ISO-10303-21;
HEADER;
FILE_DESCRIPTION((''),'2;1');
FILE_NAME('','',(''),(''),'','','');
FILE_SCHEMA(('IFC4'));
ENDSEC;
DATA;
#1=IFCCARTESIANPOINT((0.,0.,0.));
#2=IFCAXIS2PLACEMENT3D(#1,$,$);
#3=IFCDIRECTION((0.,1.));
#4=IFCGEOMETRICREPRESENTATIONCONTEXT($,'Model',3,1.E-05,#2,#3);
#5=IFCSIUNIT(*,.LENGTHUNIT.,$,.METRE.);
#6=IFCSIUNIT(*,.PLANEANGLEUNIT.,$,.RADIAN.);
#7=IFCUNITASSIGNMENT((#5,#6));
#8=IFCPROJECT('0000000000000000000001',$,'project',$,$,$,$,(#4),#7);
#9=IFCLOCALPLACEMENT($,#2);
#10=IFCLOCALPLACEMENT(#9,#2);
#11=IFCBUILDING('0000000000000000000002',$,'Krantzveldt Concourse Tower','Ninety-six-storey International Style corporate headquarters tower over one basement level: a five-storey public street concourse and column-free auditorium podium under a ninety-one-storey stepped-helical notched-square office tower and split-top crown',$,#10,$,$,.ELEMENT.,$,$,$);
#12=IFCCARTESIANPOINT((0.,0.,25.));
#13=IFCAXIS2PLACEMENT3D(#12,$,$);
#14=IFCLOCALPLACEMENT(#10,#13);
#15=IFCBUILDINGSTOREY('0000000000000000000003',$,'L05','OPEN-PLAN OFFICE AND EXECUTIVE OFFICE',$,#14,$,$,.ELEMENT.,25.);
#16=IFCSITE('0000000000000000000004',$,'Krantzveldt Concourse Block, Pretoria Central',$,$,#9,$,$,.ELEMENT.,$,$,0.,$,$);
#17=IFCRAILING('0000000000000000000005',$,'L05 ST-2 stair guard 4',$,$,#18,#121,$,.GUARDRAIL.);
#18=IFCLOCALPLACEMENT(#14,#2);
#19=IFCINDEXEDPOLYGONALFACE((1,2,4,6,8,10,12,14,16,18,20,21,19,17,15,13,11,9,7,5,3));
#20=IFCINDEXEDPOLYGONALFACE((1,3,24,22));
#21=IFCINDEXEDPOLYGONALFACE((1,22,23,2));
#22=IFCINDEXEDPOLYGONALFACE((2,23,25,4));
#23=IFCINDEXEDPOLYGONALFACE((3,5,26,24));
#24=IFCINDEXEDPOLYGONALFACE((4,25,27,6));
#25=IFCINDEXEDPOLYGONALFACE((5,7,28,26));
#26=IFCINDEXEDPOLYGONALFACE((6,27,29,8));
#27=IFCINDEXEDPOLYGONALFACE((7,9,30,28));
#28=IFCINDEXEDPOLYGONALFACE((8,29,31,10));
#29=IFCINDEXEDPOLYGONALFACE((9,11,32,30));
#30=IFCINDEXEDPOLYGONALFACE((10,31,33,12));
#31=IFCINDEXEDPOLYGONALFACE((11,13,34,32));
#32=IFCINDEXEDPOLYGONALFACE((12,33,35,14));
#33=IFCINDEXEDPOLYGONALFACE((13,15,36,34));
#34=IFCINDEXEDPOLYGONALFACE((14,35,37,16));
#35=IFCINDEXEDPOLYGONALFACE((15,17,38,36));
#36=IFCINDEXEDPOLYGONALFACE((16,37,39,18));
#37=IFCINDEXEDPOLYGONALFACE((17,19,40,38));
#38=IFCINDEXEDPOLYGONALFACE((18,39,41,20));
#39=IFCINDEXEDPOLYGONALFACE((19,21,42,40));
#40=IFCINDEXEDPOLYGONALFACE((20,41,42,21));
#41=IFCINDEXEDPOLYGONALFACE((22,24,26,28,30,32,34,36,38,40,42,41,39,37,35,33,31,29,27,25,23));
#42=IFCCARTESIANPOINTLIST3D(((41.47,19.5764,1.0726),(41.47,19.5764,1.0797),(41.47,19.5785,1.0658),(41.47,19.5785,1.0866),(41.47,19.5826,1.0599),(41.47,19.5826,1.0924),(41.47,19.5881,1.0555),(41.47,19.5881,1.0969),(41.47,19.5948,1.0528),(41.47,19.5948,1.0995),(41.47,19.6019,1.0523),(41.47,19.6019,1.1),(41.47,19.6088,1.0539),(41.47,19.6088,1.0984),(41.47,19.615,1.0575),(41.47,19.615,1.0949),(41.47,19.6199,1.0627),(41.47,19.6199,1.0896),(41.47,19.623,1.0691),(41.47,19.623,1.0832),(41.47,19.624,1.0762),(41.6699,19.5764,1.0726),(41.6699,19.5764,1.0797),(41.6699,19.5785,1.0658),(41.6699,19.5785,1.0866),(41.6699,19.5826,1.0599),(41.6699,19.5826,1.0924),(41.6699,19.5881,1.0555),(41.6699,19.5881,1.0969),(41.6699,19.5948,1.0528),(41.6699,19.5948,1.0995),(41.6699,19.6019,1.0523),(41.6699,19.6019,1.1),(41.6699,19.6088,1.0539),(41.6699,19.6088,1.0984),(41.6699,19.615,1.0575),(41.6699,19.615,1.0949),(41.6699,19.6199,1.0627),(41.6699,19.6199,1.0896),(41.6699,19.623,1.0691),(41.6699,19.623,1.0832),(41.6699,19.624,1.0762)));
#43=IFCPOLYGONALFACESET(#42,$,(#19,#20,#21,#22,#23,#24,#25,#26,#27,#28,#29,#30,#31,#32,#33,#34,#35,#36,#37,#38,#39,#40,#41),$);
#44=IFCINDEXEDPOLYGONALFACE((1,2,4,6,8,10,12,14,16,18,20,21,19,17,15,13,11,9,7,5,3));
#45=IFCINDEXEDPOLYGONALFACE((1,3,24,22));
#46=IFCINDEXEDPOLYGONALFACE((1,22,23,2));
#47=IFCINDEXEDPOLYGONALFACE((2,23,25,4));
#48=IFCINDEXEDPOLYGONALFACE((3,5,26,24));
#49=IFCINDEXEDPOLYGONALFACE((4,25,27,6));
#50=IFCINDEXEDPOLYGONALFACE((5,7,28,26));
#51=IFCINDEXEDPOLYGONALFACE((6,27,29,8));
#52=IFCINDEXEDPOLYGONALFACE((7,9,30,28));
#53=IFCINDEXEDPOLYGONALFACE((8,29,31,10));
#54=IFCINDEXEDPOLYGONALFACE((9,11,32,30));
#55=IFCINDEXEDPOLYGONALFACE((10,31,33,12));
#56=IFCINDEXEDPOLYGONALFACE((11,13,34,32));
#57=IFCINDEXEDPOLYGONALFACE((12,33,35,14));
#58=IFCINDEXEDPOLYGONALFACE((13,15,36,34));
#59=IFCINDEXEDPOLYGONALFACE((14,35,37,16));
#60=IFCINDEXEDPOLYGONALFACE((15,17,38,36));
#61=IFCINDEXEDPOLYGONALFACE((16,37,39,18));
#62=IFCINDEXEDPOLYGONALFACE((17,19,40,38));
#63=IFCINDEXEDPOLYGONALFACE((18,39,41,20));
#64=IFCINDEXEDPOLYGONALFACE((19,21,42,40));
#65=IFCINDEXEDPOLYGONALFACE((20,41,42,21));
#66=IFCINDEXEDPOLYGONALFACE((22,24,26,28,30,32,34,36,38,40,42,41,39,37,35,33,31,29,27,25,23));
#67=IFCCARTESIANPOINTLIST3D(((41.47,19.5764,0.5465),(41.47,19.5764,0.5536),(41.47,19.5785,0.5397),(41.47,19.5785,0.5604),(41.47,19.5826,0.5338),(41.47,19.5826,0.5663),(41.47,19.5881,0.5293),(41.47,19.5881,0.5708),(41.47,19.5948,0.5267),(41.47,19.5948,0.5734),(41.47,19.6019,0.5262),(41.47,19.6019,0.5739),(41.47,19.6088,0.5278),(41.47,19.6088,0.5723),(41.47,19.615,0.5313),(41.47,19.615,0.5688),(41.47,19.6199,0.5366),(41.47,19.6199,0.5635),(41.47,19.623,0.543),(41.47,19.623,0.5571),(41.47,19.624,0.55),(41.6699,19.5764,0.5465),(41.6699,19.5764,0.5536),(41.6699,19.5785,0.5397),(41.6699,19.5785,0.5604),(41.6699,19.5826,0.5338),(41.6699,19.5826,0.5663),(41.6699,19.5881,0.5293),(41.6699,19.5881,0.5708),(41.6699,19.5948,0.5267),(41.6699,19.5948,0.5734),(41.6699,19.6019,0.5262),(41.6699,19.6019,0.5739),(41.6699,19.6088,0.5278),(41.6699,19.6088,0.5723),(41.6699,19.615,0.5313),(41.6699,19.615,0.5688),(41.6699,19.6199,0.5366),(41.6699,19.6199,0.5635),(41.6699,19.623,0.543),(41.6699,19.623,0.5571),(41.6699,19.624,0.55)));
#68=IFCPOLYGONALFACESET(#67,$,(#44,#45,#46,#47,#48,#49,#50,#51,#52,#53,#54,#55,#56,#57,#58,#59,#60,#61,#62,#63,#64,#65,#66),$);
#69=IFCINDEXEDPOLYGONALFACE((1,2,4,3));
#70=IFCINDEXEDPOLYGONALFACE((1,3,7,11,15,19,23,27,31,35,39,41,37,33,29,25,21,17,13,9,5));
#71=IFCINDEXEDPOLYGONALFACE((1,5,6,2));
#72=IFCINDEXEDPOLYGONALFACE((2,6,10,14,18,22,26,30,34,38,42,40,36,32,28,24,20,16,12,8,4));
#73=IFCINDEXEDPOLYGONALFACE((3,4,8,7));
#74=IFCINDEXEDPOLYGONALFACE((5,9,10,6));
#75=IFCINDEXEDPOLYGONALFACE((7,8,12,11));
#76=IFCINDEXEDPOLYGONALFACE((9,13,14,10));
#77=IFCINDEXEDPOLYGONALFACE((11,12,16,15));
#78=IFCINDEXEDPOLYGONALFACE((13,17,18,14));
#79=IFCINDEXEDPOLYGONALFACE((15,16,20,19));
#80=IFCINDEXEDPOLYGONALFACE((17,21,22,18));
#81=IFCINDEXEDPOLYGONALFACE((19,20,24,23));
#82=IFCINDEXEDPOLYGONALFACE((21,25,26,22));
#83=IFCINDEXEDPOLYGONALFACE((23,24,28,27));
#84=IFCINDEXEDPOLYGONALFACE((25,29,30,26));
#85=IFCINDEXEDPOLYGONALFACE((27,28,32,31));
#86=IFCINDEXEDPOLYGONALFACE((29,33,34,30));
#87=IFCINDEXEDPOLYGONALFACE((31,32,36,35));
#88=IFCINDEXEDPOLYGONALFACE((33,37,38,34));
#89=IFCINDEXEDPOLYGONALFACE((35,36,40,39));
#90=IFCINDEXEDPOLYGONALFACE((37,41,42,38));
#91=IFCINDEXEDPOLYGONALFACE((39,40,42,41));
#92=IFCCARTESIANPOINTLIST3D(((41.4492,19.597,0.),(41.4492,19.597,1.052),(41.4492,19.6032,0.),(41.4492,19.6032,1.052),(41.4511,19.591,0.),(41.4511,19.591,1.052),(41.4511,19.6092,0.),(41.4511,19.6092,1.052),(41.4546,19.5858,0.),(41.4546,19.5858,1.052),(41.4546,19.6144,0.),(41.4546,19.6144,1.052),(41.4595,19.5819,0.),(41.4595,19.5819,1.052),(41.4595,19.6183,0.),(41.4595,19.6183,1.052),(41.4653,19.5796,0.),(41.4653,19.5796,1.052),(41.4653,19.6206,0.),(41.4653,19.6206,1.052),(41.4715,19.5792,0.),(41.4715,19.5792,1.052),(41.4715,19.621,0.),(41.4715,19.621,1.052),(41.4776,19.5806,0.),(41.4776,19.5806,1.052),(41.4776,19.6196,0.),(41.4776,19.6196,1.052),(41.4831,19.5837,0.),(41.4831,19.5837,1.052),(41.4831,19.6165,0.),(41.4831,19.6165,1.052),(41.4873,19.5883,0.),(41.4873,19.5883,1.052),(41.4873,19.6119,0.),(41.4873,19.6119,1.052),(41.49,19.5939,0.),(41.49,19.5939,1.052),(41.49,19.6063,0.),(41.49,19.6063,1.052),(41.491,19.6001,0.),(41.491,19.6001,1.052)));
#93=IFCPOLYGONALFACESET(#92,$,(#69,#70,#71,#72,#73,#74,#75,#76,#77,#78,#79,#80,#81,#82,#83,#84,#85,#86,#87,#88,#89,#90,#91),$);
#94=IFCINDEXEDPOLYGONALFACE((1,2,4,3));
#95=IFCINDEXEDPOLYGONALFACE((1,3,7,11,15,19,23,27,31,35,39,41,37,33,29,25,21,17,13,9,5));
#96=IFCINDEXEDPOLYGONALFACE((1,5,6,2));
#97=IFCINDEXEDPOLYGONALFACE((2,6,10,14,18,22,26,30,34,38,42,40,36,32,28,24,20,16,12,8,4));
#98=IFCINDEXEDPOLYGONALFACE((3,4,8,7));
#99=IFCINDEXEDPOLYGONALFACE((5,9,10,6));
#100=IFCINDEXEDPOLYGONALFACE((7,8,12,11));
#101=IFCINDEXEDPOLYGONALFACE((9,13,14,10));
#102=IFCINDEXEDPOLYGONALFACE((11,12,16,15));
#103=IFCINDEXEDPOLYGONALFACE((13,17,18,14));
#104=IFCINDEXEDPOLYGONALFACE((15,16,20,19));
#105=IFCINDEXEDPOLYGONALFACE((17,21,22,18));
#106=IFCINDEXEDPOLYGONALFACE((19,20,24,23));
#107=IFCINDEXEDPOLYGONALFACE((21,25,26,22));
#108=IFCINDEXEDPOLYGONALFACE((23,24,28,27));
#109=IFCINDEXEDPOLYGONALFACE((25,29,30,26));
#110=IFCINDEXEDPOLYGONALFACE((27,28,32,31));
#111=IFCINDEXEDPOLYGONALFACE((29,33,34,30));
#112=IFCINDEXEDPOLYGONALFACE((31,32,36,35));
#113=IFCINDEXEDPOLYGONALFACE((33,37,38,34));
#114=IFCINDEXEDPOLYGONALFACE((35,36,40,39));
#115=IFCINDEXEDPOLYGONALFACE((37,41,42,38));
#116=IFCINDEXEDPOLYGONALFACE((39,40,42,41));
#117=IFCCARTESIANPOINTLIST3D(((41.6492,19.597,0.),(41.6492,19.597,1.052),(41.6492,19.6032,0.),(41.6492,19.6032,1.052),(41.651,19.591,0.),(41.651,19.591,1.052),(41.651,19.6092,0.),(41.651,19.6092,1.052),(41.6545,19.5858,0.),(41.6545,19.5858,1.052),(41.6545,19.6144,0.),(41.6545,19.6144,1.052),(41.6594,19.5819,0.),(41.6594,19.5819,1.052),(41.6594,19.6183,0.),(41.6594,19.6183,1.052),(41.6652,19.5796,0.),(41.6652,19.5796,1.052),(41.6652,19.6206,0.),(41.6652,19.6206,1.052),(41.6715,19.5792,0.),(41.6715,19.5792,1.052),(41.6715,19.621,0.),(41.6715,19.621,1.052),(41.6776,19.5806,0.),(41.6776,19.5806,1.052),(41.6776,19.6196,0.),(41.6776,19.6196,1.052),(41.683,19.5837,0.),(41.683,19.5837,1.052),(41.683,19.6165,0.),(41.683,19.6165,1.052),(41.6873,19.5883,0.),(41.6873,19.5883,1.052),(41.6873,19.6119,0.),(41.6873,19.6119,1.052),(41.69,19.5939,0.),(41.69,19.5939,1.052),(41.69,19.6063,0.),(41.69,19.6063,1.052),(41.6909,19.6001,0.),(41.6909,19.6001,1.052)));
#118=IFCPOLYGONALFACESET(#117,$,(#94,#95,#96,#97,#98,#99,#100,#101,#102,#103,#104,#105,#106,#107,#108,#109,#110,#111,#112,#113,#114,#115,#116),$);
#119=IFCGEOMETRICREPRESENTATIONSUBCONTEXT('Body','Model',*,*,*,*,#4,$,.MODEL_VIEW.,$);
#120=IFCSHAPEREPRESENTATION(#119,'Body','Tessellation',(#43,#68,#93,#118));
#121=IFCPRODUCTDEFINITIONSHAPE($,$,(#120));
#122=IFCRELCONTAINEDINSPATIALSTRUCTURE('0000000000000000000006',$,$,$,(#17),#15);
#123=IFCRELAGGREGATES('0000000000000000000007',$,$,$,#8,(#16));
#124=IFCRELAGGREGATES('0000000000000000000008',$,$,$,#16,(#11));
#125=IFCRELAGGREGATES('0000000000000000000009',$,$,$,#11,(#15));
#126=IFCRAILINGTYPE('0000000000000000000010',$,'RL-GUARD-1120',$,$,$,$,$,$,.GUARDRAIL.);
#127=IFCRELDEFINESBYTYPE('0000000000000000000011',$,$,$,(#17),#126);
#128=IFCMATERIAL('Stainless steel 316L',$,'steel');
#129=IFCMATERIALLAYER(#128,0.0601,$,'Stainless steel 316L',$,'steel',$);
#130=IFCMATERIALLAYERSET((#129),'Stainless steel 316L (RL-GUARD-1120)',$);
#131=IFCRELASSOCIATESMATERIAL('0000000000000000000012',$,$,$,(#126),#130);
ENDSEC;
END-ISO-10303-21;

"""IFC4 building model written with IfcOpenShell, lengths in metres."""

from ifc_helpers import new_model, si_unit, direction, frame, origin, origin_2d, place, context, subcontext, project, spatial, circle, extrude, material, layer, layer_set, type_object, element, save


model = new_model("IFC4")

# Units and contexts
model_context = context("Model", 3, precision=1e-05, world=origin(), true_north=direction((0.0, 1.0)))
body_context = subcontext(model_context, "Body", "Model", "MODEL_VIEW")
ifc_project = project(units=[si_unit("LENGTHUNIT", "METRE"), si_unit("PLANEANGLEUNIT", "RADIAN")], contexts=[model_context])

# Site, building, storey
site_placement = place(None, origin())
site = spatial("IfcSite", under=ifc_project, at=site_placement, Name="Krantzveldt Concourse Block, Pretoria Central", CompositionType="ELEMENT", RefElevation=0.0)
building_placement = place(site_placement, origin())
building = spatial("IfcBuilding", under=site, at=building_placement, Name="Krantzveldt Concourse Tower", Description="Ninety-six-storey International Style corporate headquarters tower over one basement level: a five-storey public street concourse and column-free auditorium podium under a ninety-one-storey stepped-helical notched-square office tower and split-top crown", CompositionType="ELEMENT")
storey_placement = place(building_placement, frame((0.0, 0.0, 25.0)))
storey = spatial("IfcBuildingStorey", under=building, at=storey_placement, Name="L05", Description="OPEN-PLAN OFFICE AND EXECUTIVE OFFICE", CompositionType="ELEMENT", Elevation=25.0)

# Shared definitions
ifc_material_1 = material(Name="Stainless steel 316L", Category="steel")

# Railing
ifc_layer_1 = layer(ifc_material_1, 0.0601, Name="Stainless steel 316L", Category="steel")
ifc_layer_set_1 = layer_set([ifc_layer_1], Name="Stainless steel 316L (RL-GUARD-1120)")
railing_type_1 = type_object("IfcRailingType", Name="RL-GUARD-1120", PredefinedType="GUARDRAIL", material=ifc_layer_set_1)
railing_1_placement = place(storey_placement, frame((41.47, 19.6001, 0.0)))
element("IfcRailing", 1, at=railing_1_placement, inside=storey, type_object=railing_type_1, Name="L05 ST-2 stair guard 4", PredefinedType="GUARDRAIL", context=body_context, shape_type="SweptSolid", body=[
    extrude(circle(Radius=0.0239, at=origin_2d()), frame((0.0, 0.0, 1.0762), z_axis=(1.0, 0.0, 0.0), x_axis=(0.0, 1.0, 0.0)), (0.0, 0.0, 1.0), 0.2),
    extrude(circle(Radius=0.0239, at=origin_2d()), frame((0.0, 0.0, 0.55), z_axis=(1.0, 0.0, 0.0), x_axis=(0.0, 1.0, 0.0)), (0.0, 0.0, 1.0), 0.2),
    extrude(circle(Radius=0.021, at=origin_2d()), origin(), (0.0, 0.0, 1.0), 1.052),
    extrude(circle(Radius=0.021, at=origin_2d()), frame((0.2, 0.0, 0.0)), (0.0, 0.0, 1.0), 1.052),
])

save(model, "model.ifc")
